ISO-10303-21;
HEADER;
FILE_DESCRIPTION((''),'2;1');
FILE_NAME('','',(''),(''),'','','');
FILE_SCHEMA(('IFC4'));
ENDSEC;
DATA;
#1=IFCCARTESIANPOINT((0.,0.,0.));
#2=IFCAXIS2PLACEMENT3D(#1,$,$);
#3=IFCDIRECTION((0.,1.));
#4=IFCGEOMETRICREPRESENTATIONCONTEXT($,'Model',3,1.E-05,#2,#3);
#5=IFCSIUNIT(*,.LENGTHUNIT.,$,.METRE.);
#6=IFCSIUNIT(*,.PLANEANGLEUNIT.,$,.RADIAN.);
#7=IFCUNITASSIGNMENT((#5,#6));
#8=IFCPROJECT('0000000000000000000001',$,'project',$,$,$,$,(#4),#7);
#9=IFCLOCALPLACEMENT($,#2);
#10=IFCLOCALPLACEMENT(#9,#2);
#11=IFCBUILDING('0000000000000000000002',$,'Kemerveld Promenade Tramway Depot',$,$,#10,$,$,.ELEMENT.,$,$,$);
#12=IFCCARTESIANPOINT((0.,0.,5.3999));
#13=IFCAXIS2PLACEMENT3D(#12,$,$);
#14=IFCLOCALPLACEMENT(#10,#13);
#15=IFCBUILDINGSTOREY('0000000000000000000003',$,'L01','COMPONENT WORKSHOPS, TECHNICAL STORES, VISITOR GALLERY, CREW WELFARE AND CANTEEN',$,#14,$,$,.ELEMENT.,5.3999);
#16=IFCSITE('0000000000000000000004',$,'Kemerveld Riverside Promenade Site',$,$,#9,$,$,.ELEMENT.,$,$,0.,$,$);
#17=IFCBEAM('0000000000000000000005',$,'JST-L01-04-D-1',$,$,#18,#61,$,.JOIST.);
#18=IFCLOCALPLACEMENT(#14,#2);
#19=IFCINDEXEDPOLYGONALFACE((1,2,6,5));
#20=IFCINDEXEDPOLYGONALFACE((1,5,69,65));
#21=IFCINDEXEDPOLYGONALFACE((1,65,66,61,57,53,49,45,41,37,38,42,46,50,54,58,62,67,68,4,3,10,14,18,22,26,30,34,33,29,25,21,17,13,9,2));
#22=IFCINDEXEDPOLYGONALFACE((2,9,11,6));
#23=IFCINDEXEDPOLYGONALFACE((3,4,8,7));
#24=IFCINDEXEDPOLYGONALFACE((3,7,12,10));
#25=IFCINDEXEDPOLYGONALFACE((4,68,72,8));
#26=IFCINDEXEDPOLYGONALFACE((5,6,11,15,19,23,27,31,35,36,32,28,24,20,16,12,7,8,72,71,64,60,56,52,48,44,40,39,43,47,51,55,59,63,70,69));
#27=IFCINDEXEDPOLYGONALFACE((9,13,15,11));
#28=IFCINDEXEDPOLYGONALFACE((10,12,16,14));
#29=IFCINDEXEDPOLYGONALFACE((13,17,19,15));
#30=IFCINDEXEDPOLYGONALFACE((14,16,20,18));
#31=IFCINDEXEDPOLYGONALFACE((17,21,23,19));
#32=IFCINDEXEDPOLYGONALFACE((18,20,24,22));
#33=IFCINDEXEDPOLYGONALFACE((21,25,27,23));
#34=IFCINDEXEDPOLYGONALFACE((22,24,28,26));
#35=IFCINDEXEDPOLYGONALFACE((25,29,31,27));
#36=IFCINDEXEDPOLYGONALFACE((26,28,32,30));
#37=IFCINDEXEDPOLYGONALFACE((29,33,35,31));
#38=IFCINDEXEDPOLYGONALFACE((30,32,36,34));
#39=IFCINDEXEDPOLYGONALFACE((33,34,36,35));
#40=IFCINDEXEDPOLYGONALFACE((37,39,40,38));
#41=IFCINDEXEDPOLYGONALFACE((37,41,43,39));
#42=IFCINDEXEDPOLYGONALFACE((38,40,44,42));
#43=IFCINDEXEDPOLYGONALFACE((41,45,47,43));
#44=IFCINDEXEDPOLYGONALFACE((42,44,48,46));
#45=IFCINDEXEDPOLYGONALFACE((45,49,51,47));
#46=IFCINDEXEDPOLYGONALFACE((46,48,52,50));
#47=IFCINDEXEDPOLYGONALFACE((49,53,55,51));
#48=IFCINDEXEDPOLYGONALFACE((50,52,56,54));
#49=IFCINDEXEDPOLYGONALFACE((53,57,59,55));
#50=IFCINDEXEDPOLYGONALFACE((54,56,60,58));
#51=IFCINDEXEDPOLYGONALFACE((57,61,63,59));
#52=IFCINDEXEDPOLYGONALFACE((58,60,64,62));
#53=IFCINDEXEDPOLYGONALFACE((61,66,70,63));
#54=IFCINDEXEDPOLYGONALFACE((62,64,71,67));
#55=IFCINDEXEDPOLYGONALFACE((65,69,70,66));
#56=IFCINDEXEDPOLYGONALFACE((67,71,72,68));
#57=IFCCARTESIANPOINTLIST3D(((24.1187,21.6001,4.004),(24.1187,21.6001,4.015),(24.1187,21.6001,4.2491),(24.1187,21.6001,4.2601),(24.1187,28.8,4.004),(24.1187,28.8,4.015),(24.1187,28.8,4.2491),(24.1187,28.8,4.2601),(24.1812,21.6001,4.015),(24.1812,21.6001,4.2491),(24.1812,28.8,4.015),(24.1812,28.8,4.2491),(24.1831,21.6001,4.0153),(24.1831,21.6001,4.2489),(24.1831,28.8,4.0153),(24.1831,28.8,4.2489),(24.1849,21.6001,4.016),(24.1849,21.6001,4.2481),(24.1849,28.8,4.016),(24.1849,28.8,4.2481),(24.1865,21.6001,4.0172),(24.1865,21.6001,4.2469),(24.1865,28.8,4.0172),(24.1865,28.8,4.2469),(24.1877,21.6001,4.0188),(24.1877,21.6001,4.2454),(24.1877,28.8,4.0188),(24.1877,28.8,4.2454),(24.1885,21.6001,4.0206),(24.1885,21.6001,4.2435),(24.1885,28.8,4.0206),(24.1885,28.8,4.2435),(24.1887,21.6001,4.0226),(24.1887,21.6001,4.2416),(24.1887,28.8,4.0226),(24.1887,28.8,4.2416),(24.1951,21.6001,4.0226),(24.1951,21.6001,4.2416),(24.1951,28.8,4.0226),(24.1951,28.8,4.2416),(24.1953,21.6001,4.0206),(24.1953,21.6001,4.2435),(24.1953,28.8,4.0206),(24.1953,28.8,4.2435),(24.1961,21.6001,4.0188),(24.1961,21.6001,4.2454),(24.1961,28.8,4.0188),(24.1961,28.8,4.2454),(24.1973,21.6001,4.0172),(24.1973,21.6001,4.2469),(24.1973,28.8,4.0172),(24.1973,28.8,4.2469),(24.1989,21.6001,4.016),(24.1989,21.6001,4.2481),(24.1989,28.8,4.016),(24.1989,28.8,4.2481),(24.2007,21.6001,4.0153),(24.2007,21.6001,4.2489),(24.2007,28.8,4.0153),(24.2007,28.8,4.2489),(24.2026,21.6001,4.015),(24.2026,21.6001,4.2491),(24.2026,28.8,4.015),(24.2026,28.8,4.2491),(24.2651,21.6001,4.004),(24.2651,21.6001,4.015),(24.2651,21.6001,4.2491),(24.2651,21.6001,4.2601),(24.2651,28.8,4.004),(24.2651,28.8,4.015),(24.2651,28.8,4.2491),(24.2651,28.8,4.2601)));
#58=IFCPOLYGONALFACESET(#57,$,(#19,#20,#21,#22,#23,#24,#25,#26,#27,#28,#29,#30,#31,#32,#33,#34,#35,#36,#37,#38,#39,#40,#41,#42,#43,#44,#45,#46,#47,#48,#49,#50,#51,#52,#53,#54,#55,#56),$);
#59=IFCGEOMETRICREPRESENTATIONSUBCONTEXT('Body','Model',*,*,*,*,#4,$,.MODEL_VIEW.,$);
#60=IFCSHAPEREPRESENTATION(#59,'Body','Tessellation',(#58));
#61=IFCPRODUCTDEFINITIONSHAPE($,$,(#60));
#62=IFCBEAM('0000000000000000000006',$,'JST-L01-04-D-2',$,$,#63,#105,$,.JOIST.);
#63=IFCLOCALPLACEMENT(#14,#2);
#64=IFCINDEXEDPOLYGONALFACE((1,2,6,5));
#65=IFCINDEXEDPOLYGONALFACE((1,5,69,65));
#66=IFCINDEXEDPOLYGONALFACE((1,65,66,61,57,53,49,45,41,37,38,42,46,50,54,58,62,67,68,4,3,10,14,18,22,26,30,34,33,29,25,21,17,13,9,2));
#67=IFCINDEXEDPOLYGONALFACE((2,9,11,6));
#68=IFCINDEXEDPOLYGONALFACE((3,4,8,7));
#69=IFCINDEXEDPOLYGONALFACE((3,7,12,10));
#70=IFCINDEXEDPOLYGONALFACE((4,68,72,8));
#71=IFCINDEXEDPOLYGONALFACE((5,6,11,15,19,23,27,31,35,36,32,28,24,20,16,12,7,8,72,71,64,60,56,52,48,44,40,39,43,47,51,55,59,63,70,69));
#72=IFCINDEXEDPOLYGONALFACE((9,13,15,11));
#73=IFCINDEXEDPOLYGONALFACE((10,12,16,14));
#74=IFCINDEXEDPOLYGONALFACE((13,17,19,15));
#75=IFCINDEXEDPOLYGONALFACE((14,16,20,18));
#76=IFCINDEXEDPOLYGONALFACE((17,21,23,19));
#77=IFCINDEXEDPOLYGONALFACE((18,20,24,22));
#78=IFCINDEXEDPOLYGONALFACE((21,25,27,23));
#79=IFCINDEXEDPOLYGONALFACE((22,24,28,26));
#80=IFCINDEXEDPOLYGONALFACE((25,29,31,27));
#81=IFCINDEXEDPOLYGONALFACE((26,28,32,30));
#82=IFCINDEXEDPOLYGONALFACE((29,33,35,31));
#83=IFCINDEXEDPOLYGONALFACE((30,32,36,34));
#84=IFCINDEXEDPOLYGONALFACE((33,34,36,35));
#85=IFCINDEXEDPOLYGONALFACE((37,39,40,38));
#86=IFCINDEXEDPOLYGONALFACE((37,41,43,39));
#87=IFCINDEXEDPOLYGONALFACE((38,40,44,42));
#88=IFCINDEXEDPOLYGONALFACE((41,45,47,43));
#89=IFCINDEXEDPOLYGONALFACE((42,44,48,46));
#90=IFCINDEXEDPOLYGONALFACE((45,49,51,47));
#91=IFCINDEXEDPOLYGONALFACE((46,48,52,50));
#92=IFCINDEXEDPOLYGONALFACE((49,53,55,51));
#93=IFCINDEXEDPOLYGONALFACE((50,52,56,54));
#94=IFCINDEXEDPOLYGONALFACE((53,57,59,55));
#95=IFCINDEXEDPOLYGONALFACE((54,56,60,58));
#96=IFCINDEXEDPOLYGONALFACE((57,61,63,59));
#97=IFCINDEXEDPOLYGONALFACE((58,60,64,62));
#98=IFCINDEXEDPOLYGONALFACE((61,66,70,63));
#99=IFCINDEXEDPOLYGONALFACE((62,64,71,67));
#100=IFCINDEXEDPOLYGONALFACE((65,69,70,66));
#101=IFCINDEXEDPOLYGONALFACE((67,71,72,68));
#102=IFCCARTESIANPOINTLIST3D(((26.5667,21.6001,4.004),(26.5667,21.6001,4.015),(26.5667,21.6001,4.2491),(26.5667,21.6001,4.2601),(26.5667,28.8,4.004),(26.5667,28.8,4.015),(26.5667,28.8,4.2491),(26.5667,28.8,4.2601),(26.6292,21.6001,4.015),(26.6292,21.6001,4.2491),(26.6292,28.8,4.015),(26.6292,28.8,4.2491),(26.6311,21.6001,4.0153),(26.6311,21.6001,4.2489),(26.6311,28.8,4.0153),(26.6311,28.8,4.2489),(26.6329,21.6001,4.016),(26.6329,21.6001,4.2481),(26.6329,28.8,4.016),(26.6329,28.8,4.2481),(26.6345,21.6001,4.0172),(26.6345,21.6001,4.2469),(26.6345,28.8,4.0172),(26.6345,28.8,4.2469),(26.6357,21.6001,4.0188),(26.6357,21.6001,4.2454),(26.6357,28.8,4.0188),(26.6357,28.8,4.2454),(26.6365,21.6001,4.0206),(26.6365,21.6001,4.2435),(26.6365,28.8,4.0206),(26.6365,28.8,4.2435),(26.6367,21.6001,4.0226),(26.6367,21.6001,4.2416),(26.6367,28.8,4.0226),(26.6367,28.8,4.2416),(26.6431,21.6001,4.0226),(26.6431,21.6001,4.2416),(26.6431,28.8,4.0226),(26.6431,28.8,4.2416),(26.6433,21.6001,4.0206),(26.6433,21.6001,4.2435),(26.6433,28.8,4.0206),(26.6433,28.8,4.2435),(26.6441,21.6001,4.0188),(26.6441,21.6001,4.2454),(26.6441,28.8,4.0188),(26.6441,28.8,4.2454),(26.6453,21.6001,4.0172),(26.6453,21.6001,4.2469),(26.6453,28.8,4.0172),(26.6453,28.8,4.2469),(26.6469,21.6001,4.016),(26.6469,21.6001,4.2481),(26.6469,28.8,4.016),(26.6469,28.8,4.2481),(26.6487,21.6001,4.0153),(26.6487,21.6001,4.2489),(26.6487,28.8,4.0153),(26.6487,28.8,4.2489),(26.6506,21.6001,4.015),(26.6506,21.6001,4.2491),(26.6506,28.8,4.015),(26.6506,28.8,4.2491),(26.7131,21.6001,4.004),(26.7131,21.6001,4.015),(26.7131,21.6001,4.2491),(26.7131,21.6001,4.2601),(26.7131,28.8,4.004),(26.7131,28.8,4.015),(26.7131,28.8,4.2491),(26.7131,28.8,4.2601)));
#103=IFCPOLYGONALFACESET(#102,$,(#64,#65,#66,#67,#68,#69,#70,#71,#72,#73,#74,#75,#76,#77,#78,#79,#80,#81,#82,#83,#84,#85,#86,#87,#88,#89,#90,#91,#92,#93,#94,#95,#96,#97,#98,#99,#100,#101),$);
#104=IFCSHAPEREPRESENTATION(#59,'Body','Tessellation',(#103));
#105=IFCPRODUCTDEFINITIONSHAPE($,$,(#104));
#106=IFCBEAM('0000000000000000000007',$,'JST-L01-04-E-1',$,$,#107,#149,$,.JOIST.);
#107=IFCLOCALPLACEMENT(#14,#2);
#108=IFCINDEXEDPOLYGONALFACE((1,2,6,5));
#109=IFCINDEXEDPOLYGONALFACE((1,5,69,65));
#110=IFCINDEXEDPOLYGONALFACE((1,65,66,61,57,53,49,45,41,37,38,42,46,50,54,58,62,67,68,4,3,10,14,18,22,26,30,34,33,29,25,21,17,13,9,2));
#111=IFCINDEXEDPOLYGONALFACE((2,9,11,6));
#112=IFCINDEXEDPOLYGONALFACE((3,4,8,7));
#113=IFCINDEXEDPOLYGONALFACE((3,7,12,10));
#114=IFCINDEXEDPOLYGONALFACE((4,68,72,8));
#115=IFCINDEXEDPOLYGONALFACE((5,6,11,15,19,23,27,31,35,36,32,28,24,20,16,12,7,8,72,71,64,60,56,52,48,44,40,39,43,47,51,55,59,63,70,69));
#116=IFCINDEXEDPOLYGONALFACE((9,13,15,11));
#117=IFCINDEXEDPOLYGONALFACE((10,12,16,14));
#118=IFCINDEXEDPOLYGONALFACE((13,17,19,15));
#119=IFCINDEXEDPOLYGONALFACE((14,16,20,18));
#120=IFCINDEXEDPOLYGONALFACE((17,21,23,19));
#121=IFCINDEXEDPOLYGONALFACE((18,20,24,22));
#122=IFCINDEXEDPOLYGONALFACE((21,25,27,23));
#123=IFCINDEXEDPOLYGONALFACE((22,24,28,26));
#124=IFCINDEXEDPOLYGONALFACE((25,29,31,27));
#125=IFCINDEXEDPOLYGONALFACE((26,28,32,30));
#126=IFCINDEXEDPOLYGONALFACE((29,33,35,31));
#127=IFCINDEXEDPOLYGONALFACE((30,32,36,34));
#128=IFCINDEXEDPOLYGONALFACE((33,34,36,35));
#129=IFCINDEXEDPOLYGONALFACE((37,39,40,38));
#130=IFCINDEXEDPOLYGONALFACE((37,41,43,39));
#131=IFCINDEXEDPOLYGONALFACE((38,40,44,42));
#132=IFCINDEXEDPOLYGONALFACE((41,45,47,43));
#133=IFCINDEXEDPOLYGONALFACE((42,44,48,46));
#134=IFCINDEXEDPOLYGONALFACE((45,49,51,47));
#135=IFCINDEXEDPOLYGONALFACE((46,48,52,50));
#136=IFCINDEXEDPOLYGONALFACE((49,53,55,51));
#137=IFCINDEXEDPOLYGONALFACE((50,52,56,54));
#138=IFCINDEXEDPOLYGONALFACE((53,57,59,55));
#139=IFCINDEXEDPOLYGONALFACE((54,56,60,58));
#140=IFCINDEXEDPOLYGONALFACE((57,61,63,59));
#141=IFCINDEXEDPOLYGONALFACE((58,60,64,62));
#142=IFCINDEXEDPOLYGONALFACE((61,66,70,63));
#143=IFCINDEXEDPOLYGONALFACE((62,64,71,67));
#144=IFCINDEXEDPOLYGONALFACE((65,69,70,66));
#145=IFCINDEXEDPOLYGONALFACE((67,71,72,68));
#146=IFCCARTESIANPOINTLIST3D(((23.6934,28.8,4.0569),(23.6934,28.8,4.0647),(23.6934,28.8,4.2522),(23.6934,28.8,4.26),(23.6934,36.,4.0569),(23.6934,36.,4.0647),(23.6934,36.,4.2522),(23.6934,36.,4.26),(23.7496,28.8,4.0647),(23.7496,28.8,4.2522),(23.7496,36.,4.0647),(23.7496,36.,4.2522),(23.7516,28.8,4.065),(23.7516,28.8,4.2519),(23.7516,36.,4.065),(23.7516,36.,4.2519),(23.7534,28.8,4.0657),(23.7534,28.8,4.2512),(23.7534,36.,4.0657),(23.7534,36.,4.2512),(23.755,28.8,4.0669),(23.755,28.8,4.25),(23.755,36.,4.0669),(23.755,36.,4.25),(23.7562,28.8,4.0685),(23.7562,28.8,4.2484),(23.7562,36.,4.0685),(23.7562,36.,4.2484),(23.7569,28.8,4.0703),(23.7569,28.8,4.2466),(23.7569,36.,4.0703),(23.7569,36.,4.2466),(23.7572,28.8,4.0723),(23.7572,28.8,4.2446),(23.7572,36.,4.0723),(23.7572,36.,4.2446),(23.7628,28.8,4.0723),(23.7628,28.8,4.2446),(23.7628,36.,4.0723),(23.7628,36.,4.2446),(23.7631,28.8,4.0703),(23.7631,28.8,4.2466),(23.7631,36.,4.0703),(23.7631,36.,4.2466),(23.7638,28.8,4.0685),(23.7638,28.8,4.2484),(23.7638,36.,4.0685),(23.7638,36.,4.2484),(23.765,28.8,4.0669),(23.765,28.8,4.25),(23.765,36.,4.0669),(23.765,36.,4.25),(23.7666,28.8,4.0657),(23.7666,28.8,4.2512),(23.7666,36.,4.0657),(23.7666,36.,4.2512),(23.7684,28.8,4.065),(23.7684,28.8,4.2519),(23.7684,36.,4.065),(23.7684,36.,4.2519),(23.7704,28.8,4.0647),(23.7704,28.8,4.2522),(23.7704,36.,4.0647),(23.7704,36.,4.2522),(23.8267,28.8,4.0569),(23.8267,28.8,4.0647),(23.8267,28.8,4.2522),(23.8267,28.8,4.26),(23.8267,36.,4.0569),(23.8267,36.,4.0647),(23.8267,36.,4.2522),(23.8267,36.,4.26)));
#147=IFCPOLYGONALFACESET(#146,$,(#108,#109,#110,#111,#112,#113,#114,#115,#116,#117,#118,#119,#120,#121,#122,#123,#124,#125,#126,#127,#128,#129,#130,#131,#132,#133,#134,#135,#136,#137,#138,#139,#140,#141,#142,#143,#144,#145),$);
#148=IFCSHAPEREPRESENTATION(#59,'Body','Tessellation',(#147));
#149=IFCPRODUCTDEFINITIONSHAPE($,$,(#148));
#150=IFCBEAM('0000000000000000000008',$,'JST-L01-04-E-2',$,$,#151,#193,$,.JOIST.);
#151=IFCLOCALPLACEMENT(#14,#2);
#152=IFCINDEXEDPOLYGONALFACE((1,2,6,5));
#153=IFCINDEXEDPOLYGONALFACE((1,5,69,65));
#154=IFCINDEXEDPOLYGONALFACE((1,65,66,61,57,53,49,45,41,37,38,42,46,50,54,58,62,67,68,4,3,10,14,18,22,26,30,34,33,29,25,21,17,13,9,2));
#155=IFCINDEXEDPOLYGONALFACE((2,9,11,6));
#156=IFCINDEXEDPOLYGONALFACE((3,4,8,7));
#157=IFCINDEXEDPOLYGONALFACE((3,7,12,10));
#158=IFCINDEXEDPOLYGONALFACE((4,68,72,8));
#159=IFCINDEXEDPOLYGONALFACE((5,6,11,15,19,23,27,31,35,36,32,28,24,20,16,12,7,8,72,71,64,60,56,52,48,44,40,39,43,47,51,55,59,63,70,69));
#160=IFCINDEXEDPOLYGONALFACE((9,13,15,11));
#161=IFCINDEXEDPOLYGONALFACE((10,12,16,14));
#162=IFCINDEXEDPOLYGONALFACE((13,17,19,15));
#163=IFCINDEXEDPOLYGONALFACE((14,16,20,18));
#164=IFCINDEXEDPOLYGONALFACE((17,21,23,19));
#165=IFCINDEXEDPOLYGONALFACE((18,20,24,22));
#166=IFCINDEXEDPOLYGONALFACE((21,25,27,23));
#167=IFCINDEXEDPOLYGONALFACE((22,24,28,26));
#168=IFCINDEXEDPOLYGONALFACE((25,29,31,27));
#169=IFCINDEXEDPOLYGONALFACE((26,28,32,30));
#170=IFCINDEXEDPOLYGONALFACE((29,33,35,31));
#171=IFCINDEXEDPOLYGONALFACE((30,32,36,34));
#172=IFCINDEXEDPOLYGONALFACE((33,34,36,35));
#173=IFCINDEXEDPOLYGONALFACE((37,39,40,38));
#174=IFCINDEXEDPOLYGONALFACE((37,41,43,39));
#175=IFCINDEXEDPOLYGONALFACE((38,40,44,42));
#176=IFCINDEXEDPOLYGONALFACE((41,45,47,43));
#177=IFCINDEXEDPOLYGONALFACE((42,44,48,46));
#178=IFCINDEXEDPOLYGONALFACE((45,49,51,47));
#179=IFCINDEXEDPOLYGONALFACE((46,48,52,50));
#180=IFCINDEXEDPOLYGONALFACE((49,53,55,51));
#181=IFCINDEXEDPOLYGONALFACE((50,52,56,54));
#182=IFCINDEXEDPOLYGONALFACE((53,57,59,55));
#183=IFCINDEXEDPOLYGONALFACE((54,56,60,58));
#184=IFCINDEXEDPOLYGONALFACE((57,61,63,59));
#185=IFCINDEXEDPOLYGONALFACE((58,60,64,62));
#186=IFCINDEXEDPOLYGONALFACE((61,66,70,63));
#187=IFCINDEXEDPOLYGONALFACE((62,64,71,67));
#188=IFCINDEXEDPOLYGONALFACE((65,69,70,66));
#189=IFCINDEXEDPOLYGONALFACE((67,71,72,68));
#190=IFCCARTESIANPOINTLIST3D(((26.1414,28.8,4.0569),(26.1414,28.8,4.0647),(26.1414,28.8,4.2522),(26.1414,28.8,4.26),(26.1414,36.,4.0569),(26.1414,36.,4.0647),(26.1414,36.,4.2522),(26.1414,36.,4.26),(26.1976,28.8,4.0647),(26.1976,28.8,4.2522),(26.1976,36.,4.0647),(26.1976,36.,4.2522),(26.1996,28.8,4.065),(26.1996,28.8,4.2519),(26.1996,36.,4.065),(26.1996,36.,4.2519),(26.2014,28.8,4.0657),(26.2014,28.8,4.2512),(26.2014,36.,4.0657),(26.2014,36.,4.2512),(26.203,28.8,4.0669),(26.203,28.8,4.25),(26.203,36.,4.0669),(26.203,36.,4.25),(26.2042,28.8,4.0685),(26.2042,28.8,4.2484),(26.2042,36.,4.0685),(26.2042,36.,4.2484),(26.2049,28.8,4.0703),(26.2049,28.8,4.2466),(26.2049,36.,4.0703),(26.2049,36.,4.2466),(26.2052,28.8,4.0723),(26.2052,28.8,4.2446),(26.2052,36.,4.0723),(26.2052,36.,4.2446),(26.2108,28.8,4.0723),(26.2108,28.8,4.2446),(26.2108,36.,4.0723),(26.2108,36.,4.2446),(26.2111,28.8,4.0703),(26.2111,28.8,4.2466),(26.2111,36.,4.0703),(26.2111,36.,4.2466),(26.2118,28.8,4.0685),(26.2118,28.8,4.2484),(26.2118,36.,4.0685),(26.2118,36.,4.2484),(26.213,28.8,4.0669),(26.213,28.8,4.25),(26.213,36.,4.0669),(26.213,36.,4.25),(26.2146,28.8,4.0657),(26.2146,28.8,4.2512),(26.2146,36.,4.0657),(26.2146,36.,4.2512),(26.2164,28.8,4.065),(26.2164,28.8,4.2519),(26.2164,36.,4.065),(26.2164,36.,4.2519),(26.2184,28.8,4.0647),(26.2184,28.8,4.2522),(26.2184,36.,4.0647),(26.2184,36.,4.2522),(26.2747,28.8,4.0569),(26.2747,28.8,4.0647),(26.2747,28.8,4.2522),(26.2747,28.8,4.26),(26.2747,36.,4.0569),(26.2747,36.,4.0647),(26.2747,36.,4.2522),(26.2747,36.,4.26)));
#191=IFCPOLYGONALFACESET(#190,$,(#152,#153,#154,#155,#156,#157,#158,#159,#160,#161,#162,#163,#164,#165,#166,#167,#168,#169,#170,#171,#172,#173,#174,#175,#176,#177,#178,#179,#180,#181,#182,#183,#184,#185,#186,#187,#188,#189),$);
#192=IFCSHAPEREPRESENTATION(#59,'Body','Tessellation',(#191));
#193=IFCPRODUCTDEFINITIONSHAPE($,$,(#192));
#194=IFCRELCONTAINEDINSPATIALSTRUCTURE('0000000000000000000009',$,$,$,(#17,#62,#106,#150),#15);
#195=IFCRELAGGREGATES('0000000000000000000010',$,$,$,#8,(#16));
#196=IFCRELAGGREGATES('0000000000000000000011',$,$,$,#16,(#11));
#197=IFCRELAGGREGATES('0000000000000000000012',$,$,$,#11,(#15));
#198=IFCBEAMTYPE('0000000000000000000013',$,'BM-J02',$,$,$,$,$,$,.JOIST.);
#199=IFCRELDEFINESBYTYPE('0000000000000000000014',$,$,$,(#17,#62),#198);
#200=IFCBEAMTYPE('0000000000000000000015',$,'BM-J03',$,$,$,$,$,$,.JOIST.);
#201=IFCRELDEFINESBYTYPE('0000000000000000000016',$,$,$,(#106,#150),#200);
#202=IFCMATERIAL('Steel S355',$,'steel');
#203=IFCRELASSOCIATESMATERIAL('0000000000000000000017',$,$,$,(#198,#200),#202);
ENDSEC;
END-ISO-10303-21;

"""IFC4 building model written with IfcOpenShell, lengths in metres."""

from ifc_helpers import new_model, si_unit, direction, frame, origin, origin_2d, place, context, subcontext, project, spatial, i_section, extrude, material, material_profile, profile_set, type_object, element, save


model = new_model("IFC4")

# Units and contexts
model_context = context("Model", 3, precision=1e-05, world=origin(), true_north=direction((0.0, 1.0)))
body_context = subcontext(model_context, "Body", "Model", "MODEL_VIEW")
ifc_project = project(units=[si_unit("LENGTHUNIT", "METRE"), si_unit("PLANEANGLEUNIT", "RADIAN")], contexts=[model_context])

# Site, building, storey
site_placement = place(None, origin())
site = spatial("IfcSite", under=ifc_project, at=site_placement, Name="Kemerveld Riverside Promenade Site", CompositionType="ELEMENT", RefElevation=0.0)
building_placement = place(site_placement, origin())
building = spatial("IfcBuilding", under=site, at=building_placement, Name="Kemerveld Promenade Tramway Depot", CompositionType="ELEMENT")
storey_placement = place(building_placement, frame((0.0, 0.0, 5.3999)))
storey = spatial("IfcBuildingStorey", under=building, at=storey_placement, Name="L01", Description="COMPONENT WORKSHOPS, TECHNICAL STORES, VISITOR GALLERY, CREW WELFARE AND CANTEEN", CompositionType="ELEMENT", Elevation=5.3999)

# Shared definitions
ifc_material_1 = material(Name="Steel S355", Category="steel")

# Beams
ifc_material_profile_1 = material_profile(ifc_material_1, i_section(OverallWidth=0.1465, OverallDepth=0.2561, WebThickness=0.0063, FlangeThickness=0.011, FilletRadius=0.0076, at=origin_2d()), Name="254x146x37 UB")
ifc_profile_set_1 = profile_set([ifc_material_profile_1], Name="Steel S355")
beam_type_1 = type_object("IfcBeamType", Name="BM-J02", PredefinedType="JOIST", material=ifc_profile_set_1)
for number, where, z_axis, x_axis, name in (
    (1, (24.1919, 21.6001, 4.1321), (0.0, 1.0, 0.0), (-1.0, 0.0, 0.0), "JST-L01-04-D-1"),
    (2, (26.6399, 21.6001, 4.1321), (0.0, 1.0, 0.0), (-1.0, 0.0, 0.0), "JST-L01-04-D-2"),
):
    element("IfcBeam", number, at=place(storey_placement, frame(where, z_axis=z_axis, x_axis=x_axis)), inside=storey, type_object=beam_type_1, Name=name, PredefinedType="JOIST", context=body_context, shape_type="SweptSolid", body=[
        extrude(i_section(OverallWidth=0.1465, OverallDepth=0.2561, WebThickness=0.0063, FlangeThickness=0.011, FilletRadius=0.0076, at=origin_2d()), origin(), (0.0, 0.0, 1.0), 7.2),
    ])
ifc_material_profile_2 = material_profile(ifc_material_1, i_section(OverallWidth=0.1333, OverallDepth=0.2031, WebThickness=0.0056, FlangeThickness=0.0078, FilletRadius=0.0076, at=origin_2d()), Name="203x133x25 UB")
ifc_profile_set_2 = profile_set([ifc_material_profile_2], Name="Steel S355")
beam_type_2 = type_object("IfcBeamType", Name="BM-J03", PredefinedType="JOIST", material=ifc_profile_set_2)
for number, where, z_axis, x_axis, name in (
    (3, (23.76, 28.8, 4.1584), (0.0, 1.0, 0.0), (-1.0, 0.0, 0.0), "JST-L01-04-E-1"),
    (4, (26.208, 28.8, 4.1584), (0.0, 1.0, 0.0), (-1.0, 0.0, 0.0), "JST-L01-04-E-2"),
):
    element("IfcBeam", number, at=place(storey_placement, frame(where, z_axis=z_axis, x_axis=x_axis)), inside=storey, type_object=beam_type_2, Name=name, PredefinedType="JOIST", context=body_context, shape_type="SweptSolid", body=[
        extrude(i_section(OverallWidth=0.1333, OverallDepth=0.2031, WebThickness=0.0056, FlangeThickness=0.0078, FilletRadius=0.0076, at=origin_2d()), origin(), (0.0, 0.0, 1.0), 7.2),
    ])

save(model, "model.ifc")
